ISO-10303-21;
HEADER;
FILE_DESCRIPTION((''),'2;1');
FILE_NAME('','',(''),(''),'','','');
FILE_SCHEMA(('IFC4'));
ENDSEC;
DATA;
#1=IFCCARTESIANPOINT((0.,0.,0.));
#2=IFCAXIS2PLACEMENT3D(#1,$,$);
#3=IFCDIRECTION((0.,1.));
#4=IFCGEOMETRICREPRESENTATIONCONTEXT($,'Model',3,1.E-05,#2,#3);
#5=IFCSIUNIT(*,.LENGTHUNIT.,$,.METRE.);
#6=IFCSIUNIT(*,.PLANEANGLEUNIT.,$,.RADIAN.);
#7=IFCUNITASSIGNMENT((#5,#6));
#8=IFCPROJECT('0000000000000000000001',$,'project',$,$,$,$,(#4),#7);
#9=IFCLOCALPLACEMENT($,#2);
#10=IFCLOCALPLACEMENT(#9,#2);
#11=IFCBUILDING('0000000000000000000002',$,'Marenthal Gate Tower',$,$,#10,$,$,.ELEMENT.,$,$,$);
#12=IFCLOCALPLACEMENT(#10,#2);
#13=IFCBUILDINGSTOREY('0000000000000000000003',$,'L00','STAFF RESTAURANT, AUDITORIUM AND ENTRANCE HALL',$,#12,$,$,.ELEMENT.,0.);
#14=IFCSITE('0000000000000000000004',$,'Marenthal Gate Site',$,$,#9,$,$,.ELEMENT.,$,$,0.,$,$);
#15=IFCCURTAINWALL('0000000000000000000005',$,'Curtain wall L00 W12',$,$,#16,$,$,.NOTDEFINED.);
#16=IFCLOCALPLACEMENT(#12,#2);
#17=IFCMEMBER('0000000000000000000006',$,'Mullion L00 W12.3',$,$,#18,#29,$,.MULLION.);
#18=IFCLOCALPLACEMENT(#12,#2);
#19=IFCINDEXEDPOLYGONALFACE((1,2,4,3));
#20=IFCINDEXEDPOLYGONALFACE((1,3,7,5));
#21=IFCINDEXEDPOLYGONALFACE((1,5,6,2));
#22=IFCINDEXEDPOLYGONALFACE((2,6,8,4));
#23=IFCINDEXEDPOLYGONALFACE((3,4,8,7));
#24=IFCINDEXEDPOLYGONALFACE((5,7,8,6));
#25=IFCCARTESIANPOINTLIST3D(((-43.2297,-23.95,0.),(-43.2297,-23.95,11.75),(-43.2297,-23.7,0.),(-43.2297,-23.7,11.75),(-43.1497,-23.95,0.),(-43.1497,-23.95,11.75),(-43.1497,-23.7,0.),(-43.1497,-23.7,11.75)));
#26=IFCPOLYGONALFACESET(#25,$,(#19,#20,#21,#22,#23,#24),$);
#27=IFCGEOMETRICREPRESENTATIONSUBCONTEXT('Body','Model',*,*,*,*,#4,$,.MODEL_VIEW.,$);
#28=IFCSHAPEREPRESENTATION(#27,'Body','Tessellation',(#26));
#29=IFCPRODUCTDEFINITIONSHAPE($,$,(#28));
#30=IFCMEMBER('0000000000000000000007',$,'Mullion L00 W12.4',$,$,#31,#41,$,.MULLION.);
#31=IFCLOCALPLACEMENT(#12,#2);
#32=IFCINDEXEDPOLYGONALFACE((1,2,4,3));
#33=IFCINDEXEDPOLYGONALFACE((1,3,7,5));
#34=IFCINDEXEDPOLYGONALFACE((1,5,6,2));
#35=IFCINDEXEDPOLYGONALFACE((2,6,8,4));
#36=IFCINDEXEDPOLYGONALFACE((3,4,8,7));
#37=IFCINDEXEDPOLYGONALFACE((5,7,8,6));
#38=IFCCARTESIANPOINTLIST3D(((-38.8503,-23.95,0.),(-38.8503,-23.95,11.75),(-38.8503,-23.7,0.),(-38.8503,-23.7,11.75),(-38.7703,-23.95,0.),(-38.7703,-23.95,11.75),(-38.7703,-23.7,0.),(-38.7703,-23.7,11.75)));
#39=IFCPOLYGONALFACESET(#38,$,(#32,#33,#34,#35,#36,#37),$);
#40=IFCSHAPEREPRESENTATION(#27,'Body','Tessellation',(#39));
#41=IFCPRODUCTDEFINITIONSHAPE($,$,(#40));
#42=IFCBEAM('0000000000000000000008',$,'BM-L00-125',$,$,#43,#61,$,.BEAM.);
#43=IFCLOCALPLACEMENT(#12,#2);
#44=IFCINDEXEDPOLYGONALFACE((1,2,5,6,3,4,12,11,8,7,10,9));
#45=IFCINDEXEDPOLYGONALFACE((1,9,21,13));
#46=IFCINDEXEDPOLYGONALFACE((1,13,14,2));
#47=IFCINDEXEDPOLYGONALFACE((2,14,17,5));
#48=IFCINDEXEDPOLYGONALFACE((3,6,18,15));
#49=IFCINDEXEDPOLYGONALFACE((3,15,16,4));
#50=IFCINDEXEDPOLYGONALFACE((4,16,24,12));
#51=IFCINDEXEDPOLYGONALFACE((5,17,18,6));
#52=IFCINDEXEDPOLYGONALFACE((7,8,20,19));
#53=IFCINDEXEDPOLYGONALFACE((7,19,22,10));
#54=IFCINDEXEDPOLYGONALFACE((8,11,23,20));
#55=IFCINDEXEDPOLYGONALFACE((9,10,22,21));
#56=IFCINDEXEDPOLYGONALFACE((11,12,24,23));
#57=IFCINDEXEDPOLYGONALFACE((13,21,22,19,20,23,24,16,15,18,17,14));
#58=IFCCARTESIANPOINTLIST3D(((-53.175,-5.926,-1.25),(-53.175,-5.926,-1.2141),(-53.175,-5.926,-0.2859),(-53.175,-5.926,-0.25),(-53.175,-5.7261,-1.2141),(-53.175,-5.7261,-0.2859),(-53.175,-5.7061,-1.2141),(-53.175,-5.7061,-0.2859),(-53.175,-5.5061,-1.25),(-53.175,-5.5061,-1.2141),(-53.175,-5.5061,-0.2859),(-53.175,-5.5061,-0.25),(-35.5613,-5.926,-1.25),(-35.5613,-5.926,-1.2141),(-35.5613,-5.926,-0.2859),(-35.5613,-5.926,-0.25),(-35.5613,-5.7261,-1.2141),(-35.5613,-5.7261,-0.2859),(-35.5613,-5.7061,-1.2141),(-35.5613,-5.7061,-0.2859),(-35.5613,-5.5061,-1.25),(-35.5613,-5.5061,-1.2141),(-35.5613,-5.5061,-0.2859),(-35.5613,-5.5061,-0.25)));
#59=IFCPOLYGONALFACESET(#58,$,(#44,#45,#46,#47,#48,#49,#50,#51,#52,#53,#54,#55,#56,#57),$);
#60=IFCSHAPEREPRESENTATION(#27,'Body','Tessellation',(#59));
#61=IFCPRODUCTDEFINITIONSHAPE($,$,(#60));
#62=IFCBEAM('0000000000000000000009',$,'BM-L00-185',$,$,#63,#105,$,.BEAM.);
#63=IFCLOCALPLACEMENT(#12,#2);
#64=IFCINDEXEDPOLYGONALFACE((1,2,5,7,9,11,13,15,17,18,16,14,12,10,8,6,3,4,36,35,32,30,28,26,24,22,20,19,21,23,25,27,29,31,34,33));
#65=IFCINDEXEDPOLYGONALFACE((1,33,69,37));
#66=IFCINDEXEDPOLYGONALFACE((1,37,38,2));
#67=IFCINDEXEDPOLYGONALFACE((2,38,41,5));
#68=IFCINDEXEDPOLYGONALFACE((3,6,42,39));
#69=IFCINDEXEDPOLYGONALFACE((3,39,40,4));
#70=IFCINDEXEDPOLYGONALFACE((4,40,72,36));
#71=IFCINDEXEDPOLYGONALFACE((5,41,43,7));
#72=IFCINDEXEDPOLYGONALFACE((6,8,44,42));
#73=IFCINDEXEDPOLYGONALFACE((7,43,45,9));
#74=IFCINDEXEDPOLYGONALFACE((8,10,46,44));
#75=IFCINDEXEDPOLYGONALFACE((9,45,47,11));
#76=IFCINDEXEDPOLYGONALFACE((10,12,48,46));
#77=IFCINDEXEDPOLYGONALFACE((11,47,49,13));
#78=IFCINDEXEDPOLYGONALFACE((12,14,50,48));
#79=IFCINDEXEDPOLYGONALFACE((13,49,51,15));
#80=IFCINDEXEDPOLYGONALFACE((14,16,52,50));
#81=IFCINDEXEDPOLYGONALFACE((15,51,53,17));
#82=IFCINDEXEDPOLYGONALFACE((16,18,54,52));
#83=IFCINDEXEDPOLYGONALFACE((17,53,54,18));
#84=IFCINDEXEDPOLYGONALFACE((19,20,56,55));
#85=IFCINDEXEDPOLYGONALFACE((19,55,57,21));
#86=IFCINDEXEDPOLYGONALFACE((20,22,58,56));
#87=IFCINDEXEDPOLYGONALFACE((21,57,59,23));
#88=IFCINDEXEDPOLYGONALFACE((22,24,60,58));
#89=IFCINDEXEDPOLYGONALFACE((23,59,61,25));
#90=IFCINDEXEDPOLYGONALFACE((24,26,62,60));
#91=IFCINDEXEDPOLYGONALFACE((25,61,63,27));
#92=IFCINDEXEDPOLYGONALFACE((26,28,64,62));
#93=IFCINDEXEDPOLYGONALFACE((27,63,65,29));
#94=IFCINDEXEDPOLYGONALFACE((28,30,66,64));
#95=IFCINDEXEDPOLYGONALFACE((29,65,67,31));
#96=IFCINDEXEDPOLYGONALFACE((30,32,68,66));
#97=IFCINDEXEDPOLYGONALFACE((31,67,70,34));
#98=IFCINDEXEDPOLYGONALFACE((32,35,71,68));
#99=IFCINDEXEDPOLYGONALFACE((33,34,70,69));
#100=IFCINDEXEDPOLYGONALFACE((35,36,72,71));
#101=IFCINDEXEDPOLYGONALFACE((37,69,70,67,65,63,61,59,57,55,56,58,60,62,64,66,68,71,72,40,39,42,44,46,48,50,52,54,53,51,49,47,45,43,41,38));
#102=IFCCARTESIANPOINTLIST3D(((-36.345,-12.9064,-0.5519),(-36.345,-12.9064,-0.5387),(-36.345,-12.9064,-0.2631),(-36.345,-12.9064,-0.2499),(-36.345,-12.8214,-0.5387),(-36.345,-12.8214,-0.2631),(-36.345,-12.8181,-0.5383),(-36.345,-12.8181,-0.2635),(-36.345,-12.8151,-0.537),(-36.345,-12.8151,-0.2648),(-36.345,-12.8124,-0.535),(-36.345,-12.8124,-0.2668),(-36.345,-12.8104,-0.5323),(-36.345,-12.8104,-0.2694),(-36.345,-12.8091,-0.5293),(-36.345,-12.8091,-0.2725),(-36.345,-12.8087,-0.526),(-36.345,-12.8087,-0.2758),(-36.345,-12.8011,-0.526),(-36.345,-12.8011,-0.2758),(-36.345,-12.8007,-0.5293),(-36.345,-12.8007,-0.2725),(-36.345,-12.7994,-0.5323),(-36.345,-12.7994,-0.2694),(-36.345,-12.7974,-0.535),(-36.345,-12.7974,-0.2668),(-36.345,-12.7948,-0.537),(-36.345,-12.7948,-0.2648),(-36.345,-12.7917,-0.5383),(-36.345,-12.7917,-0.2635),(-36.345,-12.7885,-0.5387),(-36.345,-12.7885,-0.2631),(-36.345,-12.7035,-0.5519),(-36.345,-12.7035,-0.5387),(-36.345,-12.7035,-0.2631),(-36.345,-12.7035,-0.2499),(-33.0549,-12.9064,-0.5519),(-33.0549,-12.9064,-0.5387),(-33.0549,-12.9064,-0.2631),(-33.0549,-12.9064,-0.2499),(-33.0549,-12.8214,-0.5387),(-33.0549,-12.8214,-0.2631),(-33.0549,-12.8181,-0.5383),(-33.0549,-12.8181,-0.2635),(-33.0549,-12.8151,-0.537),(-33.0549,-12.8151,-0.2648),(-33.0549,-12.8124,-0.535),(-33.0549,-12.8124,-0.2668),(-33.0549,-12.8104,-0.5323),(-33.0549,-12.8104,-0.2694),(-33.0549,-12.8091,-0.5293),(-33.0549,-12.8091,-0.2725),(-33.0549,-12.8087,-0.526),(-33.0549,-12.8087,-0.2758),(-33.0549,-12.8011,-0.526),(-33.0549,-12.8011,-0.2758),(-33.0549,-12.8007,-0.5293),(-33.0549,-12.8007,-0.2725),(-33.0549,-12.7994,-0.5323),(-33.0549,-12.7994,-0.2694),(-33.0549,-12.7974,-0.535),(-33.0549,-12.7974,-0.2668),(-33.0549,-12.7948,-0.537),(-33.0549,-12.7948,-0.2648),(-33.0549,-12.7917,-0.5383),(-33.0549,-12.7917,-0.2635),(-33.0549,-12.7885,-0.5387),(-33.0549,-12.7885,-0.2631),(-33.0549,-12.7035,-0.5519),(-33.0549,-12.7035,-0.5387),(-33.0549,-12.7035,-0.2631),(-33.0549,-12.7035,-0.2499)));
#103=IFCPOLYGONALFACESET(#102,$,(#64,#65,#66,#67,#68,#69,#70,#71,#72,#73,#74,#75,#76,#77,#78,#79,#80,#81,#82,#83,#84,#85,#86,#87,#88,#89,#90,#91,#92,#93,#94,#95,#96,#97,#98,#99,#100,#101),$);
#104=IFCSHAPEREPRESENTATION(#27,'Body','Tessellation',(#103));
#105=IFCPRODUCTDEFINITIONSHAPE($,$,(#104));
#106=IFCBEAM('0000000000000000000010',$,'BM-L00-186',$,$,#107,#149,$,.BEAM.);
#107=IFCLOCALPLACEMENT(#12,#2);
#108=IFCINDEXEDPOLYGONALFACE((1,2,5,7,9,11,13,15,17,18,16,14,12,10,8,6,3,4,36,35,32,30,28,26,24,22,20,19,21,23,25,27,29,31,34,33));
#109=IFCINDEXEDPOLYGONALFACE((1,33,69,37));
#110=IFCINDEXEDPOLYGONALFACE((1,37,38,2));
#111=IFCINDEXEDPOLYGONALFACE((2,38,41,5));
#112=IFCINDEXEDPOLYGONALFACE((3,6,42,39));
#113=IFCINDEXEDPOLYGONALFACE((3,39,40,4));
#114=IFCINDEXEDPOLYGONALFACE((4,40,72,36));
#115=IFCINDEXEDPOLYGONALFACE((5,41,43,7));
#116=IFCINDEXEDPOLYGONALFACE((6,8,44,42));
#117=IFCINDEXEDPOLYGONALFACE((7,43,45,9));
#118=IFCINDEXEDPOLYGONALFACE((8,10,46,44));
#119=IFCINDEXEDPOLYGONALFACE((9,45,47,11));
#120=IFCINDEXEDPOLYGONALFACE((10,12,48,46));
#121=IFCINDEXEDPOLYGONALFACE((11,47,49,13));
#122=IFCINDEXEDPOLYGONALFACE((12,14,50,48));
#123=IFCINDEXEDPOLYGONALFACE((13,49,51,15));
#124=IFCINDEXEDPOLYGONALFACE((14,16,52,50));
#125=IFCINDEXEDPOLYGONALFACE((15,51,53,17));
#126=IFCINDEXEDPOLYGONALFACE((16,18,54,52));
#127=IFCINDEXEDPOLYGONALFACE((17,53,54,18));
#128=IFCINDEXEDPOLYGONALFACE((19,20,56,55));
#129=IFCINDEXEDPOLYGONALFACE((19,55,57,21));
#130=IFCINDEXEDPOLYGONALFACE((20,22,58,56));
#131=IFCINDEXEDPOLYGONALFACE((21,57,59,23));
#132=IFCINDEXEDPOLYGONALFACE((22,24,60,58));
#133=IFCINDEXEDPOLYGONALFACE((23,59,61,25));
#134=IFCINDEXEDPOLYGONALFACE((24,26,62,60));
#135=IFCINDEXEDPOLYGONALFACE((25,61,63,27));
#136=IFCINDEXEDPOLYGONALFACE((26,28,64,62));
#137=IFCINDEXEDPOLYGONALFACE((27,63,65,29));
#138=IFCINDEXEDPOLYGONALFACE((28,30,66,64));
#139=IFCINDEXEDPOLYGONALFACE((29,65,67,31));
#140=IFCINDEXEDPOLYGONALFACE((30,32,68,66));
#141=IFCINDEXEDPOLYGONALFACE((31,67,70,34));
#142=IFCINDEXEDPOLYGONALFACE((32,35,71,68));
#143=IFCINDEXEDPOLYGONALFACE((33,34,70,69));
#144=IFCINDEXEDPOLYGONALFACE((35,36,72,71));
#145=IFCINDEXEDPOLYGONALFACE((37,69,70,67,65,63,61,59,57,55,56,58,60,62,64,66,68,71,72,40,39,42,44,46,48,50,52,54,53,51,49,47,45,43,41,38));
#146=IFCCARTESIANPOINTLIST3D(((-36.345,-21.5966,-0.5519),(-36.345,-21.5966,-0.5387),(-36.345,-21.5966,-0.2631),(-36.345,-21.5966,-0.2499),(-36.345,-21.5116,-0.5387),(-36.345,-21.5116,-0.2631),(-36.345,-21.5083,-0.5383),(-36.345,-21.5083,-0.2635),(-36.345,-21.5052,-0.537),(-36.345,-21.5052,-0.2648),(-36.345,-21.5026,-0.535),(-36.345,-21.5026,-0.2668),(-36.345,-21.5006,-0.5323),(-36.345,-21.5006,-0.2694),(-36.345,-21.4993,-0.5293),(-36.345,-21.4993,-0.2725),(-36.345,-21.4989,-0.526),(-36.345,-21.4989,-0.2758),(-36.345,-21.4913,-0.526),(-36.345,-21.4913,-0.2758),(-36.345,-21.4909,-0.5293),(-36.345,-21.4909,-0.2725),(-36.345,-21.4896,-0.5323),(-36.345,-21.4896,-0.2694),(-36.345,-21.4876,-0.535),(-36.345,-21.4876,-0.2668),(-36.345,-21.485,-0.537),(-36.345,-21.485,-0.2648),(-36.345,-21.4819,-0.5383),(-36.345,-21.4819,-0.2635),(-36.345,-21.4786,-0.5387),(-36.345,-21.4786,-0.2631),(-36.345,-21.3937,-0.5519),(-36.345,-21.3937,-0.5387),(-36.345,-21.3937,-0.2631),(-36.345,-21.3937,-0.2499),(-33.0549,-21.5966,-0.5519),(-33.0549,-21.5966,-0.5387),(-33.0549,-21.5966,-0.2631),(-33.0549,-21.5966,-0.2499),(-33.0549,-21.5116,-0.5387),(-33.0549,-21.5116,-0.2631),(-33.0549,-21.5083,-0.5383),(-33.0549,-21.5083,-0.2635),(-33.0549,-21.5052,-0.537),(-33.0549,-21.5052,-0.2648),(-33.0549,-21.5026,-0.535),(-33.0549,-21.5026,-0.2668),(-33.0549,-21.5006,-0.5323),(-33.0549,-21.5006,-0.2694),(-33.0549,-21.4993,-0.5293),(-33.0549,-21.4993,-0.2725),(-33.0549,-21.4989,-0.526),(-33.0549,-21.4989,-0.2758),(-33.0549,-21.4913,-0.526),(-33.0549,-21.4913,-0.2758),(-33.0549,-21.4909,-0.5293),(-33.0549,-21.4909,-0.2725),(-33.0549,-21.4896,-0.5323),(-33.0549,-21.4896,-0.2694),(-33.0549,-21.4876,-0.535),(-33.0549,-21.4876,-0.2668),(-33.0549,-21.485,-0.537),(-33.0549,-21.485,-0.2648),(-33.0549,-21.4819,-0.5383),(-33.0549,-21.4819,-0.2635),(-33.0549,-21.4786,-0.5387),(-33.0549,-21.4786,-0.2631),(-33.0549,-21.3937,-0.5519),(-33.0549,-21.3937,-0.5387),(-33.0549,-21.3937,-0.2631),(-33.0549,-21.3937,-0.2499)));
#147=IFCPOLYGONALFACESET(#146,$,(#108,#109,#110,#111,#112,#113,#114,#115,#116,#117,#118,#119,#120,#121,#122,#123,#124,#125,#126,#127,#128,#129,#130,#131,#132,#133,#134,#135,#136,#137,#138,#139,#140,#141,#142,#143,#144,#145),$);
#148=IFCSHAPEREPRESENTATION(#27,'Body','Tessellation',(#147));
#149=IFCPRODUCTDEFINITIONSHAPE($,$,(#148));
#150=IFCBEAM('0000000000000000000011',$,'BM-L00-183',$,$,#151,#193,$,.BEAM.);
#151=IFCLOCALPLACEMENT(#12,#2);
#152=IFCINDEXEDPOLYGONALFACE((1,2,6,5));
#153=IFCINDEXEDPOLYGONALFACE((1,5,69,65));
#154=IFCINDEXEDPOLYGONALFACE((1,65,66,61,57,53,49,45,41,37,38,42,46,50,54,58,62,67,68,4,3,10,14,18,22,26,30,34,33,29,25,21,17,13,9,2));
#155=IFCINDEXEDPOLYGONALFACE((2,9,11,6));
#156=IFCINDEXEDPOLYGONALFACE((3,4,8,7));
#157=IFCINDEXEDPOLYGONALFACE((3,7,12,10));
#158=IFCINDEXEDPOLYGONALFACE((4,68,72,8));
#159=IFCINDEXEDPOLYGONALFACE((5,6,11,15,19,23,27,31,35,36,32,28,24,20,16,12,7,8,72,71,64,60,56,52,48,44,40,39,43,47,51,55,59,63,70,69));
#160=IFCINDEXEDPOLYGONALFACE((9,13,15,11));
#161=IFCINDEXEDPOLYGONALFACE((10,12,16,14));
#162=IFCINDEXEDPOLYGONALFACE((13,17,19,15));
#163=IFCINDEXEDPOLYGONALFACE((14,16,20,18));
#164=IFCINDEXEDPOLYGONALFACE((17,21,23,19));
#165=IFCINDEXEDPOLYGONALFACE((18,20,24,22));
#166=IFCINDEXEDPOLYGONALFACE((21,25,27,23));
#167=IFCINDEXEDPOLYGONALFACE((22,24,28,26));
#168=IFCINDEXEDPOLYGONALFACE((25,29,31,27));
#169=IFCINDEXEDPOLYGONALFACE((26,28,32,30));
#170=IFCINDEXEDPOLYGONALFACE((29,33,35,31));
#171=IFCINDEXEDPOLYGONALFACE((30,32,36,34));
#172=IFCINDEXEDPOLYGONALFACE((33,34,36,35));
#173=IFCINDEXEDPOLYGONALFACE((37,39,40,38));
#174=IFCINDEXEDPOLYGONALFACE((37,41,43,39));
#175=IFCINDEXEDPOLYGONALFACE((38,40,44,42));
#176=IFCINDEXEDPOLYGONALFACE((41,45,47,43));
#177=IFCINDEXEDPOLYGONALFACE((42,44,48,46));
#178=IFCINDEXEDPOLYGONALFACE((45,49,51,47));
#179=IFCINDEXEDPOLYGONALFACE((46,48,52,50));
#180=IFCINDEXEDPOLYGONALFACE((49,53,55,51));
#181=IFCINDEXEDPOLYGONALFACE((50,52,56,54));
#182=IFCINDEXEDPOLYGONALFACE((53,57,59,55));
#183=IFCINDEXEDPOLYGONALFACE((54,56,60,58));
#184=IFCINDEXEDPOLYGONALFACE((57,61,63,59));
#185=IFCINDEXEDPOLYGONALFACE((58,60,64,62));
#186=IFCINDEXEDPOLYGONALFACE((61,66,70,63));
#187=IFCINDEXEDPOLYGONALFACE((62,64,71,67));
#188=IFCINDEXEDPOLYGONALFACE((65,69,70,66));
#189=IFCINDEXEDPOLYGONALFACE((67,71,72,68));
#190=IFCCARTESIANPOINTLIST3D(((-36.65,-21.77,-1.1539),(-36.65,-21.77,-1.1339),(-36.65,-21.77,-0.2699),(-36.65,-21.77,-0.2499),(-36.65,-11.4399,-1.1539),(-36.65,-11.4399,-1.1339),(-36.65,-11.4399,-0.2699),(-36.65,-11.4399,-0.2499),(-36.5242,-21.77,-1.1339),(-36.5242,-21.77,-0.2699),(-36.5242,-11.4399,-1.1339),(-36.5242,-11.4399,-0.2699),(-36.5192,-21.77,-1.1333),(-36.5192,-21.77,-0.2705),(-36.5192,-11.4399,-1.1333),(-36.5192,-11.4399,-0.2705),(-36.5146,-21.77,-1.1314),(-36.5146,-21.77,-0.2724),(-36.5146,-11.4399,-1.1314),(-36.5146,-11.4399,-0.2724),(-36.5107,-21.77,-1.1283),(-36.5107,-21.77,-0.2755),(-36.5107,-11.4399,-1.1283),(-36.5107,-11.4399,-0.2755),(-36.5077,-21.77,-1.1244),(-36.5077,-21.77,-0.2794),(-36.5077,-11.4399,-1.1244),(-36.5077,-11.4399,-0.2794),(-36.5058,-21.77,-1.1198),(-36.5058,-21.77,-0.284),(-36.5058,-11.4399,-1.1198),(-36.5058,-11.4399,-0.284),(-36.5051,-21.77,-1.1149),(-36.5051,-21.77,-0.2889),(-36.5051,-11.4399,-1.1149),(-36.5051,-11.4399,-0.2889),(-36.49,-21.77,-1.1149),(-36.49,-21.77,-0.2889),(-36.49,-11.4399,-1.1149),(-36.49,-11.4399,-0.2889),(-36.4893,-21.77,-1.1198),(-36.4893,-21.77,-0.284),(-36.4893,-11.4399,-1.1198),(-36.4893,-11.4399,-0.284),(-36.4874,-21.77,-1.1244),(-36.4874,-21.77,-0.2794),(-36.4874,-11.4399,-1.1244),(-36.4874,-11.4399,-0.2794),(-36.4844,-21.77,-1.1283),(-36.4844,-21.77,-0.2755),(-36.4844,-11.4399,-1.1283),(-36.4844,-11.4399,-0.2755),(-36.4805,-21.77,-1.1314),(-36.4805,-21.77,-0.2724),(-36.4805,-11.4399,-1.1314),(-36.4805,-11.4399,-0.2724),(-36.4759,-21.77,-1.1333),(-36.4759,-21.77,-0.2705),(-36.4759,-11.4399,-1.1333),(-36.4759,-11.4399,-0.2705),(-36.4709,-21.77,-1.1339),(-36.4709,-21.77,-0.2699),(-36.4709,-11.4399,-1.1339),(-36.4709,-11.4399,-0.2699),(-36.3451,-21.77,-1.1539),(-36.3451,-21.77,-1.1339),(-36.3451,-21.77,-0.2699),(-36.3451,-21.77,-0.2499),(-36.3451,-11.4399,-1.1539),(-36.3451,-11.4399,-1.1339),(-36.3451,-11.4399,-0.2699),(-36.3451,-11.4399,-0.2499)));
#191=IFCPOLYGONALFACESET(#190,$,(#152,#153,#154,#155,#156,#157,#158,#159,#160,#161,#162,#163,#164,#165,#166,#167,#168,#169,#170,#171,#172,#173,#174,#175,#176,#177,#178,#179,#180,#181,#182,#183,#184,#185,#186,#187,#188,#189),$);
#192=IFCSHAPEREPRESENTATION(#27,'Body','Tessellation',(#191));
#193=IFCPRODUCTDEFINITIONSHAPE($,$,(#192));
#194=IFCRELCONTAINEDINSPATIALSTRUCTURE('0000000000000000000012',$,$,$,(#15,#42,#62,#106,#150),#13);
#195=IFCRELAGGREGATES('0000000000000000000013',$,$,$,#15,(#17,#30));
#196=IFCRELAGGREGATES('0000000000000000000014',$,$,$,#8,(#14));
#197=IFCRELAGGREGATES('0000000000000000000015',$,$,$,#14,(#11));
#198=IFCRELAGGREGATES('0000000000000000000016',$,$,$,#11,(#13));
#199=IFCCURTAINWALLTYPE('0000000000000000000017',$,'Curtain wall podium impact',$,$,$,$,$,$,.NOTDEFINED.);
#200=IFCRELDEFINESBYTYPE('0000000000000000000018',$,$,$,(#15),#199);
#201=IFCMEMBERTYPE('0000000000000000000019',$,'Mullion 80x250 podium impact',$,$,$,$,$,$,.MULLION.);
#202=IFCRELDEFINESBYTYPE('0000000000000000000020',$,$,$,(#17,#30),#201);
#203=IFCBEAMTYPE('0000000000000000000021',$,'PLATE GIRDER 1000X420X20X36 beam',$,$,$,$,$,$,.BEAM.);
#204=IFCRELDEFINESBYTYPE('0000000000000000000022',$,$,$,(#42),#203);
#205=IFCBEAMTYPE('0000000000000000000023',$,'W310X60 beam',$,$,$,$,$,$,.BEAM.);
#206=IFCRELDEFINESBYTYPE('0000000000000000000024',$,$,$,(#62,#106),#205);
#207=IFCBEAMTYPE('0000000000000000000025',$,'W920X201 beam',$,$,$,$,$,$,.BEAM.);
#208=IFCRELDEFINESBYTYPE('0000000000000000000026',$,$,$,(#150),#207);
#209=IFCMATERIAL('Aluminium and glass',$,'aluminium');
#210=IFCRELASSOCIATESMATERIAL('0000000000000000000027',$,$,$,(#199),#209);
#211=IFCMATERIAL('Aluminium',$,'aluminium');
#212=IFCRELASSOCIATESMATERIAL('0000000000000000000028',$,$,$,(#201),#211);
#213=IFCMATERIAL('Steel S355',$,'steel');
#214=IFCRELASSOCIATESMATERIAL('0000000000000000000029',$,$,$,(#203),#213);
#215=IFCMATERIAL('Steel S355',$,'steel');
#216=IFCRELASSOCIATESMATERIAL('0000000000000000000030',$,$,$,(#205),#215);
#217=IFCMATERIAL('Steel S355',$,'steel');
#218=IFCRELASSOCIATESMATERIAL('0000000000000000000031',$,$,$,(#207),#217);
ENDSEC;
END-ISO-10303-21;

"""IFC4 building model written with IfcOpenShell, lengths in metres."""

from ifc_helpers import new_model, si_unit, direction, frame, origin, origin_2d, place, context, subcontext, project, spatial, rectangle, i_section, extrude, material, material_profile, profile_set, type_object, element, aggregate, save


model = new_model("IFC4")

# Units and contexts
model_context = context("Model", 3, precision=1e-05, world=origin(), true_north=direction((0.0, 1.0)))
body_context = subcontext(model_context, "Body", "Model", "MODEL_VIEW")
ifc_project = project(units=[si_unit("LENGTHUNIT", "METRE"), si_unit("PLANEANGLEUNIT", "RADIAN")], contexts=[model_context])

# Site, building, storey
site_placement = place(None, origin())
site = spatial("IfcSite", under=ifc_project, at=site_placement, Name="Marenthal Gate Site", CompositionType="ELEMENT", RefElevation=0.0)
building_placement = place(site_placement, origin())
building = spatial("IfcBuilding", under=site, at=building_placement, Name="Marenthal Gate Tower", CompositionType="ELEMENT")
storey_placement = place(building_placement, origin())
storey = spatial("IfcBuildingStorey", under=building, at=storey_placement, Name="L00", Description="STAFF RESTAURANT, AUDITORIUM AND ENTRANCE HALL", CompositionType="ELEMENT", Elevation=0.0)

# Curtain wall, members
ifc_material_1 = material(Name="Aluminium and glass", Category="aluminium")
curtain_wall_type = type_object("IfcCurtainWallType", Name="Curtain wall podium impact", PredefinedType="NOTDEFINED", material=ifc_material_1)
curtain_wall_placement = place(storey_placement, origin())
curtain_wall = element("IfcCurtainWall", 1, at=curtain_wall_placement, inside=storey, type_object=curtain_wall_type, Name="Curtain wall L00 W12", PredefinedType="NOTDEFINED")
ifc_material_2 = material(Name="Aluminium", Category="aluminium")
ifc_material_profile_1 = material_profile(ifc_material_2, rectangle(XDim=0.25, YDim=0.0801, at=origin_2d()), Name="80x250 aluminium mullion")
ifc_profile_set_1 = profile_set([ifc_material_profile_1], Name="Aluminium")
member_type = type_object("IfcMemberType", Name="Mullion 80x250 podium impact", PredefinedType="MULLION", material=ifc_profile_set_1)
member_1_placement = place(storey_placement, frame((-43.1897, -23.825, 0.0), z_axis=(0.0, 0.0, 1.0), x_axis=(0.0, 1.0, 0.0)))
member_1 = element("IfcMember", 2, at=member_1_placement, type_object=member_type, Name="Mullion L00 W12.3", PredefinedType="MULLION", context=body_context, shape_type="SweptSolid", body=[
    extrude(rectangle(XDim=0.25, YDim=0.0801, at=origin_2d()), origin(), (0.0, 0.0, 1.0), 11.75),
])
member_2_placement = place(storey_placement, frame((-38.8103, -23.825, 0.0), z_axis=(0.0, 0.0, 1.0), x_axis=(0.0, 1.0, 0.0)))
member_2 = element("IfcMember", 3, at=member_2_placement, type_object=member_type, Name="Mullion L00 W12.4", PredefinedType="MULLION", context=body_context, shape_type="SweptSolid", body=[
    extrude(rectangle(XDim=0.25, YDim=0.0801, at=origin_2d()), origin(), (0.0, 0.0, 1.0), 11.75),
])

# Beams
ifc_material_3 = material(Name="Steel S355", Category="steel")
ifc_material_profile_2 = material_profile(ifc_material_3, i_section(OverallWidth=0.4199, OverallDepth=1.0, WebThickness=0.02, FlangeThickness=0.0359, at=origin_2d()), Name="PLATE GIRDER 1000X420X20X36")
ifc_profile_set_2 = profile_set([ifc_material_profile_2], Name="Steel S355")
beam_type_1 = type_object("IfcBeamType", Name="PLATE GIRDER 1000X420X20X36 beam", PredefinedType="BEAM", material=ifc_profile_set_2)
beam_1_placement = place(storey_placement, frame((-35.5613, -5.7161, -0.75), z_axis=(-1.0, 0.0, 0.0), x_axis=(0.0, -1.0, 0.0)))
element("IfcBeam", 4, at=beam_1_placement, inside=storey, type_object=beam_type_1, Name="BM-L00-125", PredefinedType="BEAM", context=body_context, shape_type="SweptSolid", body=[
    extrude(i_section(OverallWidth=0.4199, OverallDepth=1.0, WebThickness=0.02, FlangeThickness=0.0359, at=origin_2d()), origin(), (0.0, 0.0, 1.0), 17.6138),
])
ifc_material_4 = material(Name="Steel S355", Category="steel")
ifc_material_profile_3 = material_profile(ifc_material_4, i_section(OverallWidth=0.2029, OverallDepth=0.302, WebThickness=0.0076, FlangeThickness=0.0132, FilletRadius=0.0127, at=origin_2d()), Name="W310X60")
ifc_profile_set_3 = profile_set([ifc_material_profile_3], Name="Steel S355")
beam_type_2 = type_object("IfcBeamType", Name="W310X60 beam", PredefinedType="BEAM", material=ifc_profile_set_3)
for number, where, z_axis, x_axis, name in (
    (5, (-36.345, -12.8049, -0.4009), (1.0, 0.0, 0.0), (0.0, 1.0, 0.0), "BM-L00-185"),
    (6, (-36.345, -21.4951, -0.4009), (1.0, 0.0, 0.0), (0.0, 1.0, 0.0), "BM-L00-186"),
):
    element("IfcBeam", number, at=place(storey_placement, frame(where, z_axis=z_axis, x_axis=x_axis)), inside=storey, type_object=beam_type_2, Name=name, PredefinedType="BEAM", context=body_context, shape_type="SweptSolid", body=[
        extrude(i_section(OverallWidth=0.2029, OverallDepth=0.302, WebThickness=0.0076, FlangeThickness=0.0132, FilletRadius=0.0127, at=origin_2d()), origin(), (0.0, 0.0, 1.0), 3.29),
    ])
ifc_material_5 = material(Name="Steel S355", Category="steel")
ifc_material_profile_4 = material_profile(ifc_material_5, i_section(OverallWidth=0.3049, OverallDepth=0.9041, WebThickness=0.0151, FlangeThickness=0.02, FilletRadius=0.019, at=origin_2d()), Name="W920X201")
ifc_profile_set_4 = profile_set([ifc_material_profile_4], Name="Steel S355")
beam_type_3 = type_object("IfcBeamType", Name="W920X201 beam", PredefinedType="BEAM", material=ifc_profile_set_4)
beam_2_placement = place(storey_placement, frame((-36.4976, -11.4399, -0.7019), z_axis=(0.0, -1.0, 0.0), x_axis=(1.0, 0.0, 0.0)))
element("IfcBeam", 7, at=beam_2_placement, inside=storey, type_object=beam_type_3, Name="BM-L00-183", PredefinedType="BEAM", context=body_context, shape_type="SweptSolid", body=[
    extrude(i_section(OverallWidth=0.3049, OverallDepth=0.9041, WebThickness=0.0151, FlangeThickness=0.02, FilletRadius=0.019, at=origin_2d()), origin(), (0.0, 0.0, 1.0), 10.3301),
])

aggregate(curtain_wall, [member_1, member_2])

save(model, "model.ifc")
